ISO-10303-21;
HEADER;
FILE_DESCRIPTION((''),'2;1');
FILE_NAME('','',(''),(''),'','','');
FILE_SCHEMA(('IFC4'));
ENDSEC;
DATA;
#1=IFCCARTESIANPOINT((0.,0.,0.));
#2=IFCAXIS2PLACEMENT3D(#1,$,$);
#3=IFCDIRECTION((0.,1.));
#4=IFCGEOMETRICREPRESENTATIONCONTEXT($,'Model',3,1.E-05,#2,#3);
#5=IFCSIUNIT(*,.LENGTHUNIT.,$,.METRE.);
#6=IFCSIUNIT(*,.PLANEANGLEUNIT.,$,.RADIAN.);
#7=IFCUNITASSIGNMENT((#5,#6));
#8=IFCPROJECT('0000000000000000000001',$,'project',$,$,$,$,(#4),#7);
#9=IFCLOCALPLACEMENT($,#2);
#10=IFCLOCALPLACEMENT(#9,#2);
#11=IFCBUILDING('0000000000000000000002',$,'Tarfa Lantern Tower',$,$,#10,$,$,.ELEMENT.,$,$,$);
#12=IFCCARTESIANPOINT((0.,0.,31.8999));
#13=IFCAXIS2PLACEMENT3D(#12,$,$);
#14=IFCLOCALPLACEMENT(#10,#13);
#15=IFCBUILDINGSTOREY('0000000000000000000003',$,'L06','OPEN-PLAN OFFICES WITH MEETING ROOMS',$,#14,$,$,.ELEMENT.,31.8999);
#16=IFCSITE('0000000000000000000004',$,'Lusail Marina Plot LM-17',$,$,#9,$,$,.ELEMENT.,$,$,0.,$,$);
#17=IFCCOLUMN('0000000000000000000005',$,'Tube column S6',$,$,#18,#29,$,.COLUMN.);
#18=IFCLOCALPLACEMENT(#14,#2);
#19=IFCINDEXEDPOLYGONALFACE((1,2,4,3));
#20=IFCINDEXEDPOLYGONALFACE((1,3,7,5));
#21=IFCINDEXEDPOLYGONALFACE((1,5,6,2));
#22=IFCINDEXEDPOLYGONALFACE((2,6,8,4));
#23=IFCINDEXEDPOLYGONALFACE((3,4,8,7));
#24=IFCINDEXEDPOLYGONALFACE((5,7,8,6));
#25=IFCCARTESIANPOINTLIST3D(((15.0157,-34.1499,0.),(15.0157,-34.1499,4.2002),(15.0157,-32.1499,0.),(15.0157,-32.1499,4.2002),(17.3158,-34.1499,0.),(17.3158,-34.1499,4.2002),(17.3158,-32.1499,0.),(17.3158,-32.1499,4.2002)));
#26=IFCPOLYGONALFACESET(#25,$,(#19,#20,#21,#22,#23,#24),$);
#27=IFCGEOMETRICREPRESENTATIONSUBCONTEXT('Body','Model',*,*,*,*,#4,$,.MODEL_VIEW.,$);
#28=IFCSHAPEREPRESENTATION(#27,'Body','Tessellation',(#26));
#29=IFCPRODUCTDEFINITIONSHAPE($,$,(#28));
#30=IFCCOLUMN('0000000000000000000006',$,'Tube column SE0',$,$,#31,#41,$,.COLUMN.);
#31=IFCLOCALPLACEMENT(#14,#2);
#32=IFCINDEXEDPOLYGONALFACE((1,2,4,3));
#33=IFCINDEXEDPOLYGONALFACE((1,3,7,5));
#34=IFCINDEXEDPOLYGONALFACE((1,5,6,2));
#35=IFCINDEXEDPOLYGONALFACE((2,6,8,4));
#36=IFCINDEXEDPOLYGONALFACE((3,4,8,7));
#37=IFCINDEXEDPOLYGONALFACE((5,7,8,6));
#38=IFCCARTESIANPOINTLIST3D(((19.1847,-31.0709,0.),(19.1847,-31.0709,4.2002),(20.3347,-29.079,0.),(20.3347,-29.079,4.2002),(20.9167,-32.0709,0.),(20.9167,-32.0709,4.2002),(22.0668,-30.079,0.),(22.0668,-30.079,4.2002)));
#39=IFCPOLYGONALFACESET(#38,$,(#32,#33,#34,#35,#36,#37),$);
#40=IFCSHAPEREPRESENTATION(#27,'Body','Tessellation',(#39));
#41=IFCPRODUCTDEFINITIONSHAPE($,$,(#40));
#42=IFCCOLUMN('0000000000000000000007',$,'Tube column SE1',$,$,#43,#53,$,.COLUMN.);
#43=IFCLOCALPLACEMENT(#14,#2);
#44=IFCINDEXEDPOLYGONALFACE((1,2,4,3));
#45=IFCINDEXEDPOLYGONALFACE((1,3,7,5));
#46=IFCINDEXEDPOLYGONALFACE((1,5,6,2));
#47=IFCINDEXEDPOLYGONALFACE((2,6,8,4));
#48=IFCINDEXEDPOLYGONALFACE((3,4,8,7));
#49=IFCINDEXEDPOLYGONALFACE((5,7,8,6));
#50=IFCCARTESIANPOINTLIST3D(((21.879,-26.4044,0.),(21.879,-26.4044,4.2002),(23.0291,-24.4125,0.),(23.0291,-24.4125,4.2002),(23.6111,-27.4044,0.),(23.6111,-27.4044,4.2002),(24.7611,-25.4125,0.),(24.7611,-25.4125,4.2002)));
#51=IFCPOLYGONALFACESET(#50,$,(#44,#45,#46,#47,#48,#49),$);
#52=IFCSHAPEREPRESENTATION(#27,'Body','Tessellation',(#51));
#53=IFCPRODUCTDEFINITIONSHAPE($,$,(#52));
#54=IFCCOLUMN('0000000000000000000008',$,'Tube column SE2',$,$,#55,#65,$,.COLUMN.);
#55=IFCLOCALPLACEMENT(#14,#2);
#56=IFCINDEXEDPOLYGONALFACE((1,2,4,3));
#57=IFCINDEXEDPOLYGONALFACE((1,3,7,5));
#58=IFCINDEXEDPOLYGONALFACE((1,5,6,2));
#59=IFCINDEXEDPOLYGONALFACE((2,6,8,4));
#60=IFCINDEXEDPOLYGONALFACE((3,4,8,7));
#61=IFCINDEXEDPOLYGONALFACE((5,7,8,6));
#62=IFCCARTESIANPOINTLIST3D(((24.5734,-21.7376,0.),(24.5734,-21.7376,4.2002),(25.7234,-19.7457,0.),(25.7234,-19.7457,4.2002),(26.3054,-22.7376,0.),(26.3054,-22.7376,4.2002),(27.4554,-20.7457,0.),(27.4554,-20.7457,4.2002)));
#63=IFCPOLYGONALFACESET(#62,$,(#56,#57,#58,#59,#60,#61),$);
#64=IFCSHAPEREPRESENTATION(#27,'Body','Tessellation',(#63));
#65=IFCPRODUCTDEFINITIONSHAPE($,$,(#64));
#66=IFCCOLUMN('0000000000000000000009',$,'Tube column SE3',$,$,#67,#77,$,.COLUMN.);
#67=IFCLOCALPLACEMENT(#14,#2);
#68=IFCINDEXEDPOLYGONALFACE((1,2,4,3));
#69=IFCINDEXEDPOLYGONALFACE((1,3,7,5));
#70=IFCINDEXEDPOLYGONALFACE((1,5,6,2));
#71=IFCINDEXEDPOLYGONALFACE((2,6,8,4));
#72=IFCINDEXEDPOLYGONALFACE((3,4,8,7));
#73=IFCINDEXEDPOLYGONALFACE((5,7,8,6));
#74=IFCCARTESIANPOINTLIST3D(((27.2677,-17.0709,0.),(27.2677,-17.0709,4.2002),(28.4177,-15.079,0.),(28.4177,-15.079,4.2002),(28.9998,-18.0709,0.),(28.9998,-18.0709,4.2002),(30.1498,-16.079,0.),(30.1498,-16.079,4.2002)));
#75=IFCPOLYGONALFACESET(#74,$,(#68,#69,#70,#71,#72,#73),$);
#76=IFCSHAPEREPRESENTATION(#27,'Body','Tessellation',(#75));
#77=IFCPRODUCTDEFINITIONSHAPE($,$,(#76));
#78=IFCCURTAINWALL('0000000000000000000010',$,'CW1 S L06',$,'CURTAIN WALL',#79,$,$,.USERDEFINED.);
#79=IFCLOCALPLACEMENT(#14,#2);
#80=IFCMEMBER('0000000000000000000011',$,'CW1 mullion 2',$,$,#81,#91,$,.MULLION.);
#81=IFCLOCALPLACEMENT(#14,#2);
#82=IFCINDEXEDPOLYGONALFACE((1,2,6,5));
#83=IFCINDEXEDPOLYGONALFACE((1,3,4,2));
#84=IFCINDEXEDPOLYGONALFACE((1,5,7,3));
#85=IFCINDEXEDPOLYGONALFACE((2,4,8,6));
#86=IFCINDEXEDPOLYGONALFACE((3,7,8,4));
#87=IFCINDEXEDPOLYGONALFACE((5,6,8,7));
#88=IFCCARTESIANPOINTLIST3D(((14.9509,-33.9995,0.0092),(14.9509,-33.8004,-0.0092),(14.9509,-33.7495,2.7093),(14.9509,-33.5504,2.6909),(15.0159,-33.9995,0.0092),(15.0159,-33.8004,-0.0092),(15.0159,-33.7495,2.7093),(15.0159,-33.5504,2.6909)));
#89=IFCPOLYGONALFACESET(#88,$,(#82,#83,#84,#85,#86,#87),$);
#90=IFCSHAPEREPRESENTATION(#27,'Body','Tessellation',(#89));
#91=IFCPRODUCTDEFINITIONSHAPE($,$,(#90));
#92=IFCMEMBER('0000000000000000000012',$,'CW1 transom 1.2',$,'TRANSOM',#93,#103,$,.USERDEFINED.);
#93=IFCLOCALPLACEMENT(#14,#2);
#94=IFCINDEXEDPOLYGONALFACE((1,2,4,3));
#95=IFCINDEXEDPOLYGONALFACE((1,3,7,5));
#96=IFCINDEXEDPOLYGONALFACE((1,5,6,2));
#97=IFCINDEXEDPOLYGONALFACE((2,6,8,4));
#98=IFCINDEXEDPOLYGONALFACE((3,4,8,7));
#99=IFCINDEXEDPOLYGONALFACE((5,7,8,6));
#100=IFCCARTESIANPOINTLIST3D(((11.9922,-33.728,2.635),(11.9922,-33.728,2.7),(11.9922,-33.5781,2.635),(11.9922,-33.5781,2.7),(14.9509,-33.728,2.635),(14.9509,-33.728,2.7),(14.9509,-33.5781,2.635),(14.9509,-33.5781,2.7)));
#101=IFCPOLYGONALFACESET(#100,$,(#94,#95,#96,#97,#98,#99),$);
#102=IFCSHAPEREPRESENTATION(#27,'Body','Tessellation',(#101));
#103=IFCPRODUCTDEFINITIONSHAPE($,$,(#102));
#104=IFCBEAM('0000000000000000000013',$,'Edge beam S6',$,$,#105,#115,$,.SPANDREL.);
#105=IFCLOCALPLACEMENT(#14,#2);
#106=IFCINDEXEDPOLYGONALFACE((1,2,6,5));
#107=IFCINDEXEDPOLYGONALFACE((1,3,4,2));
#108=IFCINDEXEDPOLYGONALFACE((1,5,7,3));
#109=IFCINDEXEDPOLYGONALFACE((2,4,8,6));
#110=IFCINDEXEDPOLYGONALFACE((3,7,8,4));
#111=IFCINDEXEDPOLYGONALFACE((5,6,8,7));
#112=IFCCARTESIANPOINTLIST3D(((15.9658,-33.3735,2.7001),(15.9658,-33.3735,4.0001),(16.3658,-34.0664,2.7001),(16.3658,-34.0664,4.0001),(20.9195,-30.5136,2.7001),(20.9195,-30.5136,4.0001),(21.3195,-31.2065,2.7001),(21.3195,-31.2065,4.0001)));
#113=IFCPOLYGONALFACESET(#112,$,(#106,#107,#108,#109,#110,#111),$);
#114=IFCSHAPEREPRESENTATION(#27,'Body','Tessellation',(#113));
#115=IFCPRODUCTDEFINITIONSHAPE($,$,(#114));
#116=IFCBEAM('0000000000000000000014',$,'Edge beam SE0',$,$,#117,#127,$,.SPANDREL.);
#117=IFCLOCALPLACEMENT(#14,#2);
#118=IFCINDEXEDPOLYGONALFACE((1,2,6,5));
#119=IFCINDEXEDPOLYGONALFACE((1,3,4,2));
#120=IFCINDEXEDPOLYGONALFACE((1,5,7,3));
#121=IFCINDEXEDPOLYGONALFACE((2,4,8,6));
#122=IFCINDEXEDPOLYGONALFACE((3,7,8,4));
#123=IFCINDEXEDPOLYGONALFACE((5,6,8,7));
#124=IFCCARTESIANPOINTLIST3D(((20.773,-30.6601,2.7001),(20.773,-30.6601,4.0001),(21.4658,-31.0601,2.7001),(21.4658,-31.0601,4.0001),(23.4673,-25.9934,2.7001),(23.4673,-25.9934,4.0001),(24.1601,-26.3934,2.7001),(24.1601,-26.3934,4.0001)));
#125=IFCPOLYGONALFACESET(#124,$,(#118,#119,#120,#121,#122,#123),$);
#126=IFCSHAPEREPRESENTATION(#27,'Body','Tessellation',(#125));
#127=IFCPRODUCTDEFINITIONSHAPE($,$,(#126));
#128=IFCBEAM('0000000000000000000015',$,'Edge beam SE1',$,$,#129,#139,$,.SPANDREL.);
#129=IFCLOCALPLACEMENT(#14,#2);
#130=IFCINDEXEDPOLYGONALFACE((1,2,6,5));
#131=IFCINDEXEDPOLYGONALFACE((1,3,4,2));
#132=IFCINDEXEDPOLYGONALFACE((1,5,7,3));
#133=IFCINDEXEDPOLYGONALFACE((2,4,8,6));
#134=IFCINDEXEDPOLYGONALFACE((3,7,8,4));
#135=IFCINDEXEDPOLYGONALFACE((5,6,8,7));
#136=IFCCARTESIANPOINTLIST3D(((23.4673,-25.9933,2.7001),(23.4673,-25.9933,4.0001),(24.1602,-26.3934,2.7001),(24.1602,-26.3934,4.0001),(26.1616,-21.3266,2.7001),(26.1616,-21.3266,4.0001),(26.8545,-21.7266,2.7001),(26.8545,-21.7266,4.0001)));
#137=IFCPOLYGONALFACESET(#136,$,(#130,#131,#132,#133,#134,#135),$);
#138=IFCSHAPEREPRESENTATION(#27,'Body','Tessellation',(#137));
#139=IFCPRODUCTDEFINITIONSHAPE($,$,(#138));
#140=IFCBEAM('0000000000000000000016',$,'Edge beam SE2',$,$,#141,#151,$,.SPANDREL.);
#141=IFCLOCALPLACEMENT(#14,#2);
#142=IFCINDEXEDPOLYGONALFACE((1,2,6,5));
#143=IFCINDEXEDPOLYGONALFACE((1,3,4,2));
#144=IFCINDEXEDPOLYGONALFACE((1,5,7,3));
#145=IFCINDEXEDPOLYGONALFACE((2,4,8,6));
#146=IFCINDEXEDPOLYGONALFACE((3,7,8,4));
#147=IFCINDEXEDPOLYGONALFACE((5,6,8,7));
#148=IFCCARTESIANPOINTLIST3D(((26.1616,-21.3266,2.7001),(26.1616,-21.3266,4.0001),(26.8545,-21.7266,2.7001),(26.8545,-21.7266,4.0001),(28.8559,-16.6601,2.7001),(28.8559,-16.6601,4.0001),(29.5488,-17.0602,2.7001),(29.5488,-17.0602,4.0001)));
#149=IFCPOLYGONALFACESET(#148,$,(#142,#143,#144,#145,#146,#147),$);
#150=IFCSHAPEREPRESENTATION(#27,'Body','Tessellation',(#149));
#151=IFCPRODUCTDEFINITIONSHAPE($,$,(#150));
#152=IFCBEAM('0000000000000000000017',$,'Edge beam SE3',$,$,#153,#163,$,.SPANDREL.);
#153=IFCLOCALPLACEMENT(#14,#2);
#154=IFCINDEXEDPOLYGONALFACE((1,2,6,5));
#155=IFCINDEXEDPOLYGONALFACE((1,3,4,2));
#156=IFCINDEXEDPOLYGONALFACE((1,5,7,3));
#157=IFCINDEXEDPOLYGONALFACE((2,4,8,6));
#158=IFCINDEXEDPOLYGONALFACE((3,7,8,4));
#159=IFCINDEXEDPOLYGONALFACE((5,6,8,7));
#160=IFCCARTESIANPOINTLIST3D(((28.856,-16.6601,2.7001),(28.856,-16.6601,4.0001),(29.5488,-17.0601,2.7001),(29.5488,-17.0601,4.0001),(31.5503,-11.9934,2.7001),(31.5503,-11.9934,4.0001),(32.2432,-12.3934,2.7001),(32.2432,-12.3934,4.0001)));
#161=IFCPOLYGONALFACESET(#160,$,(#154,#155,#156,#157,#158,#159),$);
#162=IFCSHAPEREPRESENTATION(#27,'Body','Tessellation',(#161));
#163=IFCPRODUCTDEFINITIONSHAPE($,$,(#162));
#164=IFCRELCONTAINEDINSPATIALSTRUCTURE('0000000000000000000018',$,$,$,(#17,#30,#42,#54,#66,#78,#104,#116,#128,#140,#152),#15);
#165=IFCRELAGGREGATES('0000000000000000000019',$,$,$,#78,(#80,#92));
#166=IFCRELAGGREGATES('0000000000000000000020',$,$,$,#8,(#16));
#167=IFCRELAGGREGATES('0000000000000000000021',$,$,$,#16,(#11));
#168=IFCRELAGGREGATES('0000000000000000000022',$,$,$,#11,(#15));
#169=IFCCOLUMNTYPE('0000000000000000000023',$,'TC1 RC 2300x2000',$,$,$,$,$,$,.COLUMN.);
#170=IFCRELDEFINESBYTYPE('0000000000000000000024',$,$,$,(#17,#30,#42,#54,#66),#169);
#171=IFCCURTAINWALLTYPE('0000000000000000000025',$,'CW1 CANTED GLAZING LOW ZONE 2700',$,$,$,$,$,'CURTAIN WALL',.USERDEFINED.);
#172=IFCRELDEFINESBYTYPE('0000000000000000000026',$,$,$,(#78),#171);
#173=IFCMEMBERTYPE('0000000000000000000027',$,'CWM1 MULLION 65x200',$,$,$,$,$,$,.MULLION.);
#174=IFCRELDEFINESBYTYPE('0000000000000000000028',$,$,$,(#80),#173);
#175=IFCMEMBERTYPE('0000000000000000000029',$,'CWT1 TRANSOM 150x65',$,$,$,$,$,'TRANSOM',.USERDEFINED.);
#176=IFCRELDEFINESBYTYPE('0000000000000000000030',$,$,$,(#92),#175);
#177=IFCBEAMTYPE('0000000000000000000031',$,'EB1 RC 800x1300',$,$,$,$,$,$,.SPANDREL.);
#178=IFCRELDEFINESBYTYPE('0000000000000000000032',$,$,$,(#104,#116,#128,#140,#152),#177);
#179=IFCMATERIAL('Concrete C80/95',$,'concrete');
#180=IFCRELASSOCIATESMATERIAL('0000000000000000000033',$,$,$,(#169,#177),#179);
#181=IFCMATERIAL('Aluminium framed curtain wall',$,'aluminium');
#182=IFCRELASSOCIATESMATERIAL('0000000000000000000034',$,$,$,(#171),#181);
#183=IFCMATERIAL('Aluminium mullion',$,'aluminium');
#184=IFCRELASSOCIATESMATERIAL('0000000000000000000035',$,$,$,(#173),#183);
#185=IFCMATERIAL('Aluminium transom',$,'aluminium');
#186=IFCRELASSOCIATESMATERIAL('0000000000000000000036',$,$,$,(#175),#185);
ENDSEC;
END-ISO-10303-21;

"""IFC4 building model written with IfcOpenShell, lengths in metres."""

from ifc_helpers import new_model, si_unit, direction, frame, origin, origin_2d, place, context, subcontext, project, spatial, rectangle, extrude, material, material_profile, profile_set, type_object, element, aggregate, save


model = new_model("IFC4")

# Units and contexts
model_context = context("Model", 3, precision=1e-05, world=origin(), true_north=direction((0.0, 1.0)))
body_context = subcontext(model_context, "Body", "Model", "MODEL_VIEW")
ifc_project = project(units=[si_unit("LENGTHUNIT", "METRE"), si_unit("PLANEANGLEUNIT", "RADIAN")], contexts=[model_context])

# Site, building, storey
site_placement = place(None, origin())
site = spatial("IfcSite", under=ifc_project, at=site_placement, Name="Lusail Marina Plot LM-17", CompositionType="ELEMENT", RefElevation=0.0)
building_placement = place(site_placement, origin())
building = spatial("IfcBuilding", under=site, at=building_placement, Name="Tarfa Lantern Tower", CompositionType="ELEMENT")
storey_placement = place(building_placement, frame((0.0, 0.0, 31.8999)))
storey = spatial("IfcBuildingStorey", under=building, at=storey_placement, Name="L06", Description="OPEN-PLAN OFFICES WITH MEETING ROOMS", CompositionType="ELEMENT", Elevation=31.8999)

# Columns
ifc_material_1 = material(Name="Concrete C80/95", Category="concrete")
ifc_material_profile_1 = material_profile(ifc_material_1, rectangle(XDim=2.3, YDim=2.0, at=origin_2d()), Name="RC 2300x2000")
ifc_profile_set_1 = profile_set([ifc_material_profile_1], Name="Concrete C80/95")
column_type = type_object("IfcColumnType", Name="TC1 RC 2300x2000", PredefinedType="COLUMN", material=ifc_profile_set_1)
for number, where, z_axis, x_axis, name in (
    (1, (16.1658, -33.1499, 0.0), (0.0, 0.0, 1.0), (1.0, 0.0, 0.0), "Tube column S6"),
    (2, (20.6257, -30.575, 0.0), (0.0, 0.0, 1.0), (0.5, 0.866025, 0.0), "Tube column SE0"),
    (3, (23.3201, -25.9084, 0.0), (0.0, 0.0, 1.0), (0.5, 0.866025, 0.0), "Tube column SE1"),
    (4, (26.0144, -21.2417, 0.0), (0.0, 0.0, 1.0), (0.5, 0.866025, 0.0), "Tube column SE2"),
    (5, (28.7087, -16.575, 0.0), (0.0, 0.0, 1.0), (0.5, 0.866025, 0.0), "Tube column SE3"),
):
    element("IfcColumn", number, at=place(storey_placement, frame(where, z_axis=z_axis, x_axis=x_axis)), inside=storey, type_object=column_type, Name=name, PredefinedType="COLUMN", context=body_context, shape_type="SweptSolid", body=[
        extrude(rectangle(XDim=2.3, YDim=2.0, at=origin_2d()), origin(), (0.0, 0.0, 1.0), 4.2002),
    ])

# Curtain wall, members
ifc_material_2 = material(Name="Aluminium framed curtain wall", Category="aluminium")
curtain_wall_type = type_object("IfcCurtainWallType", Name="CW1 CANTED GLAZING LOW ZONE 2700", ElementType="CURTAIN WALL", PredefinedType="USERDEFINED", material=ifc_material_2)
curtain_wall_placement = place(storey_placement, origin())
curtain_wall = element("IfcCurtainWall", 6, at=curtain_wall_placement, inside=storey, type_object=curtain_wall_type, Name="CW1 S L06", ObjectType="CURTAIN WALL", PredefinedType="USERDEFINED")
ifc_material_3 = material(Name="Aluminium mullion", Category="aluminium")
ifc_material_profile_2 = material_profile(ifc_material_3, rectangle(XDim=0.0649, YDim=0.2, at=origin_2d()), Name="AL MULLION 65x200")
ifc_profile_set_2 = profile_set([ifc_material_profile_2], Name="Aluminium mullion")
member_type_1 = type_object("IfcMemberType", Name="CWM1 MULLION 65x200", PredefinedType="MULLION", material=ifc_profile_set_2)
member_1_placement = place(storey_placement, frame((14.9834, -33.8999, 0.0), z_axis=(0.0, 0.092192, 0.995741), x_axis=(-1.0, 0.0, 0.0)))
member_1 = element("IfcMember", 7, at=member_1_placement, type_object=member_type_1, Name="CW1 mullion 2", PredefinedType="MULLION", context=body_context, shape_type="SweptSolid", body=[
    extrude(rectangle(XDim=0.0649, YDim=0.2, at=origin_2d()), origin(), (0.0, 0.0, 1.0), 2.7117),
])
ifc_material_4 = material(Name="Aluminium transom", Category="aluminium")
ifc_material_profile_3 = material_profile(ifc_material_4, rectangle(XDim=0.1499, YDim=0.0649, at=origin_2d()), Name="AL TRANSOM 150x65")
ifc_profile_set_3 = profile_set([ifc_material_profile_3], Name="Aluminium transom")
member_type_2 = type_object("IfcMemberType", Name="CWT1 TRANSOM 150x65", ElementType="TRANSOM", PredefinedType="USERDEFINED", material=ifc_profile_set_3)
member_2_placement = place(storey_placement, frame((11.9922, -33.6531, 2.6675), z_axis=(1.0, 0.0, 0.0), x_axis=(0.0, 1.0, 0.0)))
member_2 = element("IfcMember", 8, at=member_2_placement, type_object=member_type_2, Name="CW1 transom 1.2", ObjectType="TRANSOM", PredefinedType="USERDEFINED", context=body_context, shape_type="SweptSolid", body=[
    extrude(rectangle(XDim=0.1499, YDim=0.0649, at=origin_2d()), origin(), (0.0, 0.0, 1.0), 2.9587),
])

# Beams
ifc_material_profile_4 = material_profile(ifc_material_1, rectangle(XDim=0.8, YDim=1.3, at=origin_2d()), Name="RC 800x1300")
ifc_profile_set_4 = profile_set([ifc_material_profile_4], Name="Concrete C80/95")
beam_type_1 = type_object("IfcBeamType", Name="EB1 RC 800x1300", PredefinedType="SPANDREL", material=ifc_profile_set_4)
beam_1_placement = place(storey_placement, frame((16.1658, -33.72, 3.3501), z_axis=(0.866033, 0.499986, 0.0), x_axis=(-0.499986, 0.866033, 0.0)))
element("IfcBeam", 9, at=beam_1_placement, inside=storey, type_object=beam_type_1, Name="Edge beam S6", PredefinedType="SPANDREL", context=body_context, shape_type="SweptSolid", body=[
    extrude(rectangle(XDim=0.8, YDim=1.3, at=origin_2d()), origin(), (0.0, 0.0, 1.0), 5.72),
])
for number, where, z_axis, x_axis, name in (
    (10, (21.1194, -30.8601, 3.3501), (0.499998, 0.866026, 0.0), (-0.866026, 0.499998, 0.0), "Edge beam SE0"),
    (11, (23.8137, -26.1934, 3.3501), (0.499998, 0.866026, 0.0), (-0.866026, 0.499998, 0.0), "Edge beam SE1"),
):
    element("IfcBeam", number, at=place(storey_placement, frame(where, z_axis=z_axis, x_axis=x_axis)), inside=storey, type_object=beam_type_1, Name=name, PredefinedType="SPANDREL", context=body_context, shape_type="SweptSolid", body=[
        extrude(rectangle(XDim=0.8, YDim=1.3, at=origin_2d()), origin(), (0.0, 0.0, 1.0), 5.3887),
    ])
beam_2_placement = place(storey_placement, frame((26.5081, -21.5266, 3.3501), z_axis=(0.500018, 0.866015, 0.0), x_axis=(-0.866015, 0.500018, 0.0)))
element("IfcBeam", 12, at=beam_2_placement, inside=storey, type_object=beam_type_1, Name="Edge beam SE2", PredefinedType="SPANDREL", context=body_context, shape_type="SweptSolid", body=[
    extrude(rectangle(XDim=0.8, YDim=1.3, at=origin_2d()), origin(), (0.0, 0.0, 1.0), 5.3884),
])
beam_3_placement = place(storey_placement, frame((29.2024, -16.8601, 3.3501), z_axis=(0.499998, 0.866026, 0.0), x_axis=(-0.866026, 0.499998, 0.0)))
element("IfcBeam", 13, at=beam_3_placement, inside=storey, type_object=beam_type_1, Name="Edge beam SE3", PredefinedType="SPANDREL", context=body_context, shape_type="SweptSolid", body=[
    extrude(rectangle(XDim=0.8, YDim=1.3, at=origin_2d()), origin(), (0.0, 0.0, 1.0), 5.3887),
])

aggregate(curtain_wall, [member_1, member_2])

save(model, "model.ifc")
